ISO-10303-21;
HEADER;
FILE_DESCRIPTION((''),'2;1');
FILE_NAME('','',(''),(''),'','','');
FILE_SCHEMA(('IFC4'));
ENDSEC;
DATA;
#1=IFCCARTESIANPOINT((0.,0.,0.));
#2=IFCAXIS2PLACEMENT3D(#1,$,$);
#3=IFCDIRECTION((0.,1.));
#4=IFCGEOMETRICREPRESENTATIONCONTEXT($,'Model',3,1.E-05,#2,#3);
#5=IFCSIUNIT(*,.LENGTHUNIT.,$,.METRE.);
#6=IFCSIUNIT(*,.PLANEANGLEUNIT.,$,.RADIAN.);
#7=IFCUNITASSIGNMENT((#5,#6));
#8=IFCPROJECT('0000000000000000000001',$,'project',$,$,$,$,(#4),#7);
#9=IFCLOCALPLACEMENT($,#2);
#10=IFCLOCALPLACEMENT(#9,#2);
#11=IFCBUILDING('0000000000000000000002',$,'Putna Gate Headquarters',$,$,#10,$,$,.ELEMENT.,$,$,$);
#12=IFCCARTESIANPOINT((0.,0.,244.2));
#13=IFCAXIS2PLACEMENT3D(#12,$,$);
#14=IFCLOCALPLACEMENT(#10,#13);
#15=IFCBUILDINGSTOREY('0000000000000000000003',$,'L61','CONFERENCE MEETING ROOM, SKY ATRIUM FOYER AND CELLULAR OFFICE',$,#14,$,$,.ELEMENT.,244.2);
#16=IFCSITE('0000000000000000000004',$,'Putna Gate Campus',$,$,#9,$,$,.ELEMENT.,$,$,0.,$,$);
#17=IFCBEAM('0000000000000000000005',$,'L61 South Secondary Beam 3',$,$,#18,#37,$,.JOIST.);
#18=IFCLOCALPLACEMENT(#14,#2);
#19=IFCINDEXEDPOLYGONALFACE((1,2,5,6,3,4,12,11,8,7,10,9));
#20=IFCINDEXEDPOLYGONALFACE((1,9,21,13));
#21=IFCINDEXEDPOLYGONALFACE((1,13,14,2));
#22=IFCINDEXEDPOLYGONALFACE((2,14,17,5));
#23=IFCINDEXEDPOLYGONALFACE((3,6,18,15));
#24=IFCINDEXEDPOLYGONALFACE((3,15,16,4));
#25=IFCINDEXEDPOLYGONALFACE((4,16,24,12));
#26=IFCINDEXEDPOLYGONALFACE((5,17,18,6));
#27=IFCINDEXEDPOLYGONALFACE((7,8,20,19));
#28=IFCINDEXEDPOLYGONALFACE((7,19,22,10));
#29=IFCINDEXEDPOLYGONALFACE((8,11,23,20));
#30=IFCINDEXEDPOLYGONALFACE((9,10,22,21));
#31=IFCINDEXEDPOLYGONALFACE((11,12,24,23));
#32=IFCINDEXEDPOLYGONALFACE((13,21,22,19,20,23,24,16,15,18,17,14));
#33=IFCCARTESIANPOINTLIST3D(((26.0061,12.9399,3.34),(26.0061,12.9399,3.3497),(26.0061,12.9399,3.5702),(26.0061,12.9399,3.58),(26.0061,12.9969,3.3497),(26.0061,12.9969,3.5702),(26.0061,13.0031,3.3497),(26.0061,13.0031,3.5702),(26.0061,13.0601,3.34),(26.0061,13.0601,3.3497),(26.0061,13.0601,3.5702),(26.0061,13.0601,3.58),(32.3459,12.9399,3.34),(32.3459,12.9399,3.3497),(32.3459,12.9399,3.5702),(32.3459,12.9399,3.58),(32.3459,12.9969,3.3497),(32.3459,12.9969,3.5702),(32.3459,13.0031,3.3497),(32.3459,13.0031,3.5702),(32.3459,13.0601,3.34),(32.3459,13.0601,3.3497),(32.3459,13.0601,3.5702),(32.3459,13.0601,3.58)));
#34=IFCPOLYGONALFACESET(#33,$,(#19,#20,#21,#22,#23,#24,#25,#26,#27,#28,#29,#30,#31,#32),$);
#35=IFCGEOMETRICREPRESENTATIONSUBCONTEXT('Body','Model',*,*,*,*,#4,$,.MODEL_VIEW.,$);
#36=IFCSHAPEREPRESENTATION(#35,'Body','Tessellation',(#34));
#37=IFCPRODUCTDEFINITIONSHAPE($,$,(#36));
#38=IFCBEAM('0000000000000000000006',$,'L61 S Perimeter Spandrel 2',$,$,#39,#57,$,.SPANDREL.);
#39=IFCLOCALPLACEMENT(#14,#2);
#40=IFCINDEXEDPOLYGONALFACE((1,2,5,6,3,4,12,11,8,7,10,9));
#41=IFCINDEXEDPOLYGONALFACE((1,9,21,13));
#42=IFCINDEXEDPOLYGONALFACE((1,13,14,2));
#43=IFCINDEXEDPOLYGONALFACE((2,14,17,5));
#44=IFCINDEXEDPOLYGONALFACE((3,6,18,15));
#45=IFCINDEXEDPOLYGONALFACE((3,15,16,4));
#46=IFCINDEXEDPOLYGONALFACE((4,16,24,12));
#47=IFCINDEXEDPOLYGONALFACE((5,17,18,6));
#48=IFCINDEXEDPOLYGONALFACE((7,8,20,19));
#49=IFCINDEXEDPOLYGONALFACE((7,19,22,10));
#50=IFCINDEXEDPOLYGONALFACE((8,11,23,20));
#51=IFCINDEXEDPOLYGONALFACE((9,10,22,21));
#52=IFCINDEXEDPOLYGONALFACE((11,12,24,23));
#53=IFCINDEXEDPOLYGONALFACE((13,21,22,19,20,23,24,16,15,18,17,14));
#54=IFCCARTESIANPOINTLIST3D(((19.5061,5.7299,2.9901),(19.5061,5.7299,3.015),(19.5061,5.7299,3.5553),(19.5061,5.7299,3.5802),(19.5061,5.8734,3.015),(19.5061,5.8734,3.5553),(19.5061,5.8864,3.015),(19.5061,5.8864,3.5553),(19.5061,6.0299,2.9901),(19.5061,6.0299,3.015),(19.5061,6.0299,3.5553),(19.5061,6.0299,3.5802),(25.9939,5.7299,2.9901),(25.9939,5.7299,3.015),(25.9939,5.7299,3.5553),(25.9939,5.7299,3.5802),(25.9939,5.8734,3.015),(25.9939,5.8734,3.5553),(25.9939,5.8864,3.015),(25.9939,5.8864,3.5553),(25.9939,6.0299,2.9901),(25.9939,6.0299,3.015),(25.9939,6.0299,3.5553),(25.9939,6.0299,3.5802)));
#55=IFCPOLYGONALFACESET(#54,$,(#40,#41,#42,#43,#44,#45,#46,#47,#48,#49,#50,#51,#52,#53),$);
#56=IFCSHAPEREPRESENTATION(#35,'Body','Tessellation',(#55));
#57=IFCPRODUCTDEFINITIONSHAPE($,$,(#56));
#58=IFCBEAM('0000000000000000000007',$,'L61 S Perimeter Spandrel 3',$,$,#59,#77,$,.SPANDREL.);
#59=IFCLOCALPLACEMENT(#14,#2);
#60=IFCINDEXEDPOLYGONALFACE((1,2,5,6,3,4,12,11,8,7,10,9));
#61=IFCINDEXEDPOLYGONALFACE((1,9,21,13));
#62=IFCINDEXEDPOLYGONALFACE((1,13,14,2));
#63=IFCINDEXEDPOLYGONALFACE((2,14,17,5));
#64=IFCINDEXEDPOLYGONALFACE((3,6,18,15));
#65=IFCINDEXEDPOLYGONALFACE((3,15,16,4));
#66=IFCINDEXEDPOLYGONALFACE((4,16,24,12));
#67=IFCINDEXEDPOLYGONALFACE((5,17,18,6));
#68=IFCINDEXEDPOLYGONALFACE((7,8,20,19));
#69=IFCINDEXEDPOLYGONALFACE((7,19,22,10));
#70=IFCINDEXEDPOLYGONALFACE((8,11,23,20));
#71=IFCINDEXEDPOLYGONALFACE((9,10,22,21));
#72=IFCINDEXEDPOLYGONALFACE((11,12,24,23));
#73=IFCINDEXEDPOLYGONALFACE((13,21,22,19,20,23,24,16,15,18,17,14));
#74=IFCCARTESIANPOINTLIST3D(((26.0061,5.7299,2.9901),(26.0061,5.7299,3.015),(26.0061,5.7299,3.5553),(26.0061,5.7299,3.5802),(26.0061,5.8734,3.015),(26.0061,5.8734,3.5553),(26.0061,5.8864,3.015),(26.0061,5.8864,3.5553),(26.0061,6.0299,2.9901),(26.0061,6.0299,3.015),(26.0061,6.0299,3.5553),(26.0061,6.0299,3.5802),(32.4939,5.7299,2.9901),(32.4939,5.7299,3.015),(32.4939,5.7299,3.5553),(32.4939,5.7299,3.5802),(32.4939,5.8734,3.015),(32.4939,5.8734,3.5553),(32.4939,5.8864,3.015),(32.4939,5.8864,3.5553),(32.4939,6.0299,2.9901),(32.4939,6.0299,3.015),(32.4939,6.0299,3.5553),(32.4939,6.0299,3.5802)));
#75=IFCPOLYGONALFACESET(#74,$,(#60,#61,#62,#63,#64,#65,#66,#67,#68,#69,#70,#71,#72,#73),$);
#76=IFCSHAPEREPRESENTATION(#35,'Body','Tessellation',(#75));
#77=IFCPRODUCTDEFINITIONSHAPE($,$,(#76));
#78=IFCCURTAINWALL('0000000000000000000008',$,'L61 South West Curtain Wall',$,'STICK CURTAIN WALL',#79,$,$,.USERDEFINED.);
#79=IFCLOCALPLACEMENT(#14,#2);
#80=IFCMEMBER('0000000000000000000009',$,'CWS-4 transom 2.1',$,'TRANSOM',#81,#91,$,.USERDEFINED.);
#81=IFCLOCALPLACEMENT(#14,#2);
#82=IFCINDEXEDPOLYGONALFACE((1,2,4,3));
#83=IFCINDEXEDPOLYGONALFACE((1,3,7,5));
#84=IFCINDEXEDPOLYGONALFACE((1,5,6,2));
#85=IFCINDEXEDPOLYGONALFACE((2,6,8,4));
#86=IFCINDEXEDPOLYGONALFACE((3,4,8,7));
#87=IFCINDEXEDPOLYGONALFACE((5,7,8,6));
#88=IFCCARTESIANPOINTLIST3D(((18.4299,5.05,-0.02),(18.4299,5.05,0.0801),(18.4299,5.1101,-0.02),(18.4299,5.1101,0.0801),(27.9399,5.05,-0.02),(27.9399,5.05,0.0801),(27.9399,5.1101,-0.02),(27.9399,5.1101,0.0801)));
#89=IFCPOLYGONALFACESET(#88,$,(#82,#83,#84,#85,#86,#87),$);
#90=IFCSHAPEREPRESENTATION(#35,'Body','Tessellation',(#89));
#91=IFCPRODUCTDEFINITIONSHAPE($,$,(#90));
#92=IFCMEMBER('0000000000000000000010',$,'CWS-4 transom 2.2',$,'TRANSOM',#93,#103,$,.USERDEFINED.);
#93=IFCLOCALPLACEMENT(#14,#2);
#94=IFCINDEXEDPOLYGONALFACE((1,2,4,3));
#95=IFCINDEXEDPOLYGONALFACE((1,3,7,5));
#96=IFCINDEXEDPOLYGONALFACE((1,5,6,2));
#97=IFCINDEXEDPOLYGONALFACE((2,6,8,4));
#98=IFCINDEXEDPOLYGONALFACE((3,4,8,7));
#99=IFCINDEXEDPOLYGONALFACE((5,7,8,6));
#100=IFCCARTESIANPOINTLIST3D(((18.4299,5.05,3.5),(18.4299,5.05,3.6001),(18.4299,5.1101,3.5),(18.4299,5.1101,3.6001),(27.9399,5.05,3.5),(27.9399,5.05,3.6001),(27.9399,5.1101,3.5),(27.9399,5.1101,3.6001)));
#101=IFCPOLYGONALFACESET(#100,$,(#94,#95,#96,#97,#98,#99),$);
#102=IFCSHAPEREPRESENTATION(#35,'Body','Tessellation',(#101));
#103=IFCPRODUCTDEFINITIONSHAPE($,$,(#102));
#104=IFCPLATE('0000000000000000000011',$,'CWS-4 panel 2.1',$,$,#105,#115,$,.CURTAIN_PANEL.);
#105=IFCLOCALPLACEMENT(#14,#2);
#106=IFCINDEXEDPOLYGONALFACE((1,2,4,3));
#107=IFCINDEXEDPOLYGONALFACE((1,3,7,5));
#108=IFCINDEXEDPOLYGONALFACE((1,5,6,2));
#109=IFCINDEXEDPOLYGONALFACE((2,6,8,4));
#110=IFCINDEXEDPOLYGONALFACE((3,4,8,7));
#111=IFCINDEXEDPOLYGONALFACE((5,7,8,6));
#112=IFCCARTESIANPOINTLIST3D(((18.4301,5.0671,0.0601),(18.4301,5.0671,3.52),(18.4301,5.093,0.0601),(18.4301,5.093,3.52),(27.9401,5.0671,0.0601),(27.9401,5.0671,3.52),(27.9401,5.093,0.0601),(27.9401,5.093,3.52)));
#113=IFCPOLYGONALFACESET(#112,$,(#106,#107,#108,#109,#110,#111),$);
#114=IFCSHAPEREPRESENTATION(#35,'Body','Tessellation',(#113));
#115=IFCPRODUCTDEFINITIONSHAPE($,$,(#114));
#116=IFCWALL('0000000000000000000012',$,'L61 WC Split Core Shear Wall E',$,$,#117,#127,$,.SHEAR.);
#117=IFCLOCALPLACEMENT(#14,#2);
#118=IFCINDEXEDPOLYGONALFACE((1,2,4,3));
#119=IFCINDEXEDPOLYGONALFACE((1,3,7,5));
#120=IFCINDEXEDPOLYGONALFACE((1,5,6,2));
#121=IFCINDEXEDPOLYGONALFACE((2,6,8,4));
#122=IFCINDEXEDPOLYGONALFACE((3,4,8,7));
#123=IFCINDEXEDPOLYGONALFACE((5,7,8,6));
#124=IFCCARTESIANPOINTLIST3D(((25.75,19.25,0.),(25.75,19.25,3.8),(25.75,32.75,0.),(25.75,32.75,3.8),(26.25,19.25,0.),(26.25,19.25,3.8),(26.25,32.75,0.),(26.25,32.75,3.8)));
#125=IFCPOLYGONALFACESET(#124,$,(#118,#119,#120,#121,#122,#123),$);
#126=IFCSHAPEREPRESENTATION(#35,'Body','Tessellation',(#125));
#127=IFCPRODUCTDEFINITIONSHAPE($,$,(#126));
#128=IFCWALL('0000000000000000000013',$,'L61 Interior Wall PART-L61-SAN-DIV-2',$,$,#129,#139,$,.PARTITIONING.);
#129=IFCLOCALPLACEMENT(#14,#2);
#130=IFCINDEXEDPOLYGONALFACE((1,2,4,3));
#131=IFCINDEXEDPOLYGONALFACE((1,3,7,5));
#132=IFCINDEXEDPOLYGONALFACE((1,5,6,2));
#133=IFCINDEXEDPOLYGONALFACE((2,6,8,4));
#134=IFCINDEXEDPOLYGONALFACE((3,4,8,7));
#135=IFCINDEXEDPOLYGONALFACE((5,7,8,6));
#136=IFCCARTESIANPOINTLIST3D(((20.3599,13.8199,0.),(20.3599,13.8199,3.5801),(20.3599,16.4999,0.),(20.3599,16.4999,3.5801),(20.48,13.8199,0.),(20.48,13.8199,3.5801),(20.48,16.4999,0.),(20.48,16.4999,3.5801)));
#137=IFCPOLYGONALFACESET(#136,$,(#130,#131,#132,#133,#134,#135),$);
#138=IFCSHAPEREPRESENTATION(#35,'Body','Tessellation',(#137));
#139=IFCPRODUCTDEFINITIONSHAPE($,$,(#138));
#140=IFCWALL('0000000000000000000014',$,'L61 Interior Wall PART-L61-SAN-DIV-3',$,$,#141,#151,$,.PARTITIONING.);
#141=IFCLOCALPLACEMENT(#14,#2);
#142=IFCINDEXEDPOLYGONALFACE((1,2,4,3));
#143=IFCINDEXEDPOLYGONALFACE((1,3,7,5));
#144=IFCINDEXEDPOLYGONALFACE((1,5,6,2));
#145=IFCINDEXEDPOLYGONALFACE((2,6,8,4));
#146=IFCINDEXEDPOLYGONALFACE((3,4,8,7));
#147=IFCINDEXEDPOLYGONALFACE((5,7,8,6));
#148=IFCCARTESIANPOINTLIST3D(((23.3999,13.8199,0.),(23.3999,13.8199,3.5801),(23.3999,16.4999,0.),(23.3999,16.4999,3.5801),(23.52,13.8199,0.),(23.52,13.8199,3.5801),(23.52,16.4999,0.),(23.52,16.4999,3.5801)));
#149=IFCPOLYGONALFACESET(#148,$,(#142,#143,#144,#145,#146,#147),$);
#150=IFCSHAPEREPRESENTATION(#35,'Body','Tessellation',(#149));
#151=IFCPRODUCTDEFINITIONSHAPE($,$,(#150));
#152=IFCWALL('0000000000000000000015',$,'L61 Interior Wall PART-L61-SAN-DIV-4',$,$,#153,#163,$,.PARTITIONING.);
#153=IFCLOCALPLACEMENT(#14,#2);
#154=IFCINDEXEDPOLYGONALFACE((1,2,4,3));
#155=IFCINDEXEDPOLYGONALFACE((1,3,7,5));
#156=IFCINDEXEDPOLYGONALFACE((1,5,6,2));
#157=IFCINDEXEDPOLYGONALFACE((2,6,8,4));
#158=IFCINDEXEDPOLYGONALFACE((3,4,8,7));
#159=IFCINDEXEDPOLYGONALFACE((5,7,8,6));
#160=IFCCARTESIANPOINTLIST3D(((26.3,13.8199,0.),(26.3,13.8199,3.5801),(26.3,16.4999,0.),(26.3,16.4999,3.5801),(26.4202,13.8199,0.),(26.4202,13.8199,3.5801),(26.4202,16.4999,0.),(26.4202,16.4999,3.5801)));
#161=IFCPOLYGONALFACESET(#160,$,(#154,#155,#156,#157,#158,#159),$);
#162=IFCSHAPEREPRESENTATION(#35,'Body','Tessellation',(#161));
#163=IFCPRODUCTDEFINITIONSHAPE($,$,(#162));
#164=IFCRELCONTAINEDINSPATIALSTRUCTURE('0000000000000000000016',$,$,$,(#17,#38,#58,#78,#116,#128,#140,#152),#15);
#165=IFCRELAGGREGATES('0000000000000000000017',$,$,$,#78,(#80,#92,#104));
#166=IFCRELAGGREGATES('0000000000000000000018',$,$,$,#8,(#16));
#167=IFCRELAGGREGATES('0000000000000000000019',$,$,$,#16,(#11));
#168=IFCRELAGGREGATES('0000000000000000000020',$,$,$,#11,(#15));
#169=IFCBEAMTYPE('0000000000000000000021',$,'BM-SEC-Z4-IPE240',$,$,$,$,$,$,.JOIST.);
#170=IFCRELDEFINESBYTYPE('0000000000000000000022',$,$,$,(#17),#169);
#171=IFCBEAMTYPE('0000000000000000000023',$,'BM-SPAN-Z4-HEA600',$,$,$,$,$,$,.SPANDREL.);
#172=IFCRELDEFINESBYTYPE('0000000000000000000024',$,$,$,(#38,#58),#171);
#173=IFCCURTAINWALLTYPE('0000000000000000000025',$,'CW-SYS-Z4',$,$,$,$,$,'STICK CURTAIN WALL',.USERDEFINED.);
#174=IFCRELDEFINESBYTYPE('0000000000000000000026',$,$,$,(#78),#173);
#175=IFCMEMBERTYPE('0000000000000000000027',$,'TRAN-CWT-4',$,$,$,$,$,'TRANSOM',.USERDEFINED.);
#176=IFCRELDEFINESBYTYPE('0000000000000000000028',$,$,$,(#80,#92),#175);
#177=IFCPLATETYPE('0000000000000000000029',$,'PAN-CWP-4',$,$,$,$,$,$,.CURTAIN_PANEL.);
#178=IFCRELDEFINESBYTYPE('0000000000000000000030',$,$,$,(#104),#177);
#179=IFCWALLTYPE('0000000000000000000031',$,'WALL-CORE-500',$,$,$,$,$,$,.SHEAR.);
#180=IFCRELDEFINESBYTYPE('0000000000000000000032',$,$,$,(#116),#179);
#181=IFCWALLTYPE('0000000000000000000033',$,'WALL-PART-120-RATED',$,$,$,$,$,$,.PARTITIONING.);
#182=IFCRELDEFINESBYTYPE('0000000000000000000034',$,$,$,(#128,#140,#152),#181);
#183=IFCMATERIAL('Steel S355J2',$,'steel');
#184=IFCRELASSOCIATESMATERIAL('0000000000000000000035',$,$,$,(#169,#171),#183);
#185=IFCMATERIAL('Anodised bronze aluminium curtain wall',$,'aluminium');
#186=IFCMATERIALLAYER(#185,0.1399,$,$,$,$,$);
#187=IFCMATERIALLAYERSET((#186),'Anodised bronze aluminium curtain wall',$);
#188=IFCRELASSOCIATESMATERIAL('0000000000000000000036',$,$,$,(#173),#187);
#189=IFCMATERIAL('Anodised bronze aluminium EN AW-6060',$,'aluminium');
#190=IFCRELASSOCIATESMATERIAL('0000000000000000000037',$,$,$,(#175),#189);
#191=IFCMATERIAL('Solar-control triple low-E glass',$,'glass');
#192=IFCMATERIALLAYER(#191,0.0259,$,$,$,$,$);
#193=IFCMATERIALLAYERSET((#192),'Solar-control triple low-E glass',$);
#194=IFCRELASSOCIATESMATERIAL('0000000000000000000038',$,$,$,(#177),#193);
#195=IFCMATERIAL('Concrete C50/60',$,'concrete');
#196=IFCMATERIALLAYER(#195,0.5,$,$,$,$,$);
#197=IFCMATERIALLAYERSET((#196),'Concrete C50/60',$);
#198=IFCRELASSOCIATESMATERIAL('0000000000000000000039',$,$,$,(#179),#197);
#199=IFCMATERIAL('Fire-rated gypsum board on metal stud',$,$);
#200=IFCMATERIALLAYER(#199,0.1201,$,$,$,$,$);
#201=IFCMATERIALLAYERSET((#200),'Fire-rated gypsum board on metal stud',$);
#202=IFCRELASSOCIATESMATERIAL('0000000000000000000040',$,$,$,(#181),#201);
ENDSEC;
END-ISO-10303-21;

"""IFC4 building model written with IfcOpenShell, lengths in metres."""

from ifc_helpers import new_model, si_unit, direction, frame, frame_2d, origin, origin_2d, place, context, subcontext, project, spatial, rectangle, i_section, extrude, material, layer, layer_set, material_profile, profile_set, type_object, element, aggregate, save


model = new_model("IFC4")

# Units and contexts
model_context = context("Model", 3, precision=1e-05, world=origin(), true_north=direction((0.0, 1.0)))
body_context = subcontext(model_context, "Body", "Model", "MODEL_VIEW")
ifc_project = project(units=[si_unit("LENGTHUNIT", "METRE"), si_unit("PLANEANGLEUNIT", "RADIAN")], contexts=[model_context])

# Site, building, storey
site_placement = place(None, origin())
site = spatial("IfcSite", under=ifc_project, at=site_placement, Name="Putna Gate Campus", CompositionType="ELEMENT", RefElevation=0.0)
building_placement = place(site_placement, origin())
building = spatial("IfcBuilding", under=site, at=building_placement, Name="Putna Gate Headquarters", CompositionType="ELEMENT")
storey_placement = place(building_placement, frame((0.0, 0.0, 244.2)))
storey = spatial("IfcBuildingStorey", under=building, at=storey_placement, Name="L61", Description="CONFERENCE MEETING ROOM, SKY ATRIUM FOYER AND CELLULAR OFFICE", CompositionType="ELEMENT", Elevation=244.2)

# Beams
ifc_material_1 = material(Name="Steel S355J2", Category="steel")
ifc_material_profile_1 = material_profile(ifc_material_1, i_section(OverallWidth=0.1201, OverallDepth=0.24, WebThickness=0.0061, FlangeThickness=0.0098, at=origin_2d()), Name="Steel S355J2")
ifc_profile_set_1 = profile_set([ifc_material_profile_1], Name="Steel S355J2")
beam_type_1 = type_object("IfcBeamType", Name="BM-SEC-Z4-IPE240", PredefinedType="JOIST", material=ifc_profile_set_1)
for number, where, z_axis, x_axis, name in (
    (1, (26.0061, 13.0, 3.46), (1.0, 0.0, 0.0), (0.0, 1.0, 0.0), "L61 South Secondary Beam 3"),
):
    element("IfcBeam", number, at=place(storey_placement, frame(where, z_axis=z_axis, x_axis=x_axis)), inside=storey, type_object=beam_type_1, Name=name, PredefinedType="JOIST", context=body_context, shape_type="SweptSolid", body=[
        extrude(i_section(OverallWidth=0.1201, OverallDepth=0.24, WebThickness=0.0061, FlangeThickness=0.0098, at=origin_2d()), origin(), (0.0, 0.0, 1.0), 6.3398),
    ])
ifc_material_profile_2 = material_profile(ifc_material_1, i_section(OverallWidth=0.3, OverallDepth=0.5901, WebThickness=0.0129, FlangeThickness=0.0249, at=origin_2d()), Name="Steel S355J2")
ifc_profile_set_2 = profile_set([ifc_material_profile_2], Name="Steel S355J2")
beam_type_2 = type_object("IfcBeamType", Name="BM-SPAN-Z4-HEA600", PredefinedType="SPANDREL", material=ifc_profile_set_2)
for number, where, z_axis, x_axis, name in (
    (2, (19.5061, 5.8799, 3.2852), (1.0, 0.0, 0.0), (0.0, 1.0, 0.0), "L61 S Perimeter Spandrel 2"),
    (3, (26.0061, 5.8799, 3.2852), (1.0, 0.0, 0.0), (0.0, 1.0, 0.0), "L61 S Perimeter Spandrel 3"),
):
    element("IfcBeam", number, at=place(storey_placement, frame(where, z_axis=z_axis, x_axis=x_axis)), inside=storey, type_object=beam_type_2, Name=name, PredefinedType="SPANDREL", context=body_context, shape_type="SweptSolid", body=[
        extrude(i_section(OverallWidth=0.3, OverallDepth=0.5901, WebThickness=0.0129, FlangeThickness=0.0249, at=origin_2d()), origin(), (0.0, 0.0, 1.0), 6.4878),
    ])

# Curtain wall, members, plate
ifc_material_2 = material(Name="Anodised bronze aluminium curtain wall", Category="aluminium")
ifc_layer_1 = layer(ifc_material_2, 0.1399)
ifc_layer_set_1 = layer_set([ifc_layer_1], Name="Anodised bronze aluminium curtain wall")
curtain_wall_type = type_object("IfcCurtainWallType", Name="CW-SYS-Z4", ElementType="STICK CURTAIN WALL", PredefinedType="USERDEFINED", material=ifc_layer_set_1)
curtain_wall_placement = place(storey_placement, origin())
curtain_wall = element("IfcCurtainWall", 4, at=curtain_wall_placement, inside=storey, type_object=curtain_wall_type, Name="L61 South West Curtain Wall", ObjectType="STICK CURTAIN WALL", PredefinedType="USERDEFINED")
ifc_material_3 = material(Name="Anodised bronze aluminium EN AW-6060", Category="aluminium")
ifc_material_profile_3 = material_profile(ifc_material_3, rectangle(XDim=0.0601, YDim=0.1001, at=origin_2d()), Name="Anodised bronze aluminium EN AW-6060")
ifc_profile_set_3 = profile_set([ifc_material_profile_3], Name="Anodised bronze aluminium EN AW-6060")
member_type = type_object("IfcMemberType", Name="TRAN-CWT-4", ElementType="TRANSOM", PredefinedType="USERDEFINED", material=ifc_profile_set_3)
member_1_placement = place(storey_placement, frame((18.4299, 5.0801, 0.03), z_axis=(1.0, 0.0, 0.0), x_axis=(0.0, 1.0, 0.0)))
member_1 = element("IfcMember", 5, at=member_1_placement, type_object=member_type, Name="CWS-4 transom 2.1", ObjectType="TRANSOM", PredefinedType="USERDEFINED", context=body_context, shape_type="SweptSolid", body=[
    extrude(rectangle(XDim=0.0601, YDim=0.1001, at=origin_2d()), origin(), (0.0, 0.0, 1.0), 9.51),
])
member_2_placement = place(storey_placement, frame((18.4299, 5.0801, 3.55), z_axis=(1.0, 0.0, 0.0), x_axis=(0.0, 1.0, 0.0)))
member_2 = element("IfcMember", 6, at=member_2_placement, type_object=member_type, Name="CWS-4 transom 2.2", ObjectType="TRANSOM", PredefinedType="USERDEFINED", context=body_context, shape_type="SweptSolid", body=[
    extrude(rectangle(XDim=0.0601, YDim=0.1001, at=origin_2d()), origin(), (0.0, 0.0, 1.0), 9.51),
])
ifc_material_4 = material(Name="Solar-control triple low-E glass", Category="glass")
ifc_layer_2 = layer(ifc_material_4, 0.0259)
ifc_layer_set_2 = layer_set([ifc_layer_2], Name="Solar-control triple low-E glass")
plate_type = type_object("IfcPlateType", Name="PAN-CWP-4", PredefinedType="CURTAIN_PANEL", material=ifc_layer_set_2)
plate_placement = place(storey_placement, frame((23.1851, 5.0801, 0.0601), z_axis=(0.0, 0.0, 1.0), x_axis=(1.0, 0.0, 0.0)))
plate = element("IfcPlate", 7, at=plate_placement, type_object=plate_type, Name="CWS-4 panel 2.1", PredefinedType="CURTAIN_PANEL", context=body_context, shape_type="SweptSolid", body=[
    extrude(rectangle(XDim=9.51, YDim=0.0259, at=origin_2d()), origin(), (0.0, 0.0, 1.0), 3.46),
])
aggregate(curtain_wall, [member_1, member_2, plate])

# Walls
ifc_material_5 = material(Name="Concrete C50/60", Category="concrete")
ifc_layer_3 = layer(ifc_material_5, 0.5)
ifc_layer_set_3 = layer_set([ifc_layer_3], Name="Concrete C50/60")
wall_type_1 = type_object("IfcWallType", Name="WALL-CORE-500", PredefinedType="SHEAR", material=ifc_layer_set_3)
wall_1_placement = place(storey_placement, frame((26.0, 19.25, 0.0), z_axis=(0.0, 0.0, 1.0), x_axis=(0.0, 1.0, 0.0)))
element("IfcWall", 8, at=wall_1_placement, inside=storey, type_object=wall_type_1, Name="L61 WC Split Core Shear Wall E", PredefinedType="SHEAR", context=body_context, shape_type="SweptSolid", body=[
    extrude(rectangle(XDim=13.5, YDim=0.5, at=frame_2d((6.75, 0.0))), origin(), (0.0, 0.0, 1.0), 3.8),
])
ifc_material_6 = material(Name="Fire-rated gypsum board on metal stud")
ifc_layer_4 = layer(ifc_material_6, 0.1201)
ifc_layer_set_4 = layer_set([ifc_layer_4], Name="Fire-rated gypsum board on metal stud")
wall_type_2 = type_object("IfcWallType", Name="WALL-PART-120-RATED", PredefinedType="PARTITIONING", material=ifc_layer_set_4)
for number, where, z_axis, x_axis, name in (
    (9, (20.4199, 13.8201, 0.0), (0.0, 0.0, 1.0), (0.0, 1.0, 0.0), "L61 Interior Wall PART-L61-SAN-DIV-2"),
    (10, (23.46, 13.8201, 0.0), (0.0, 0.0, 1.0), (0.0, 1.0, 0.0), "L61 Interior Wall PART-L61-SAN-DIV-3"),
    (11, (26.3601, 13.8201, 0.0), (0.0, 0.0, 1.0), (0.0, 1.0, 0.0), "L61 Interior Wall PART-L61-SAN-DIV-4"),
):
    element("IfcWall", number, at=place(storey_placement, frame(where, z_axis=z_axis, x_axis=x_axis)), inside=storey, type_object=wall_type_2, Name=name, PredefinedType="PARTITIONING", context=body_context, shape_type="SweptSolid", body=[
        extrude(rectangle(XDim=2.6799, YDim=0.1201, at=frame_2d((1.3398, 0.0))), origin(), (0.0, 0.0, 1.0), 3.5801),
    ])

save(model, "model.ifc")
